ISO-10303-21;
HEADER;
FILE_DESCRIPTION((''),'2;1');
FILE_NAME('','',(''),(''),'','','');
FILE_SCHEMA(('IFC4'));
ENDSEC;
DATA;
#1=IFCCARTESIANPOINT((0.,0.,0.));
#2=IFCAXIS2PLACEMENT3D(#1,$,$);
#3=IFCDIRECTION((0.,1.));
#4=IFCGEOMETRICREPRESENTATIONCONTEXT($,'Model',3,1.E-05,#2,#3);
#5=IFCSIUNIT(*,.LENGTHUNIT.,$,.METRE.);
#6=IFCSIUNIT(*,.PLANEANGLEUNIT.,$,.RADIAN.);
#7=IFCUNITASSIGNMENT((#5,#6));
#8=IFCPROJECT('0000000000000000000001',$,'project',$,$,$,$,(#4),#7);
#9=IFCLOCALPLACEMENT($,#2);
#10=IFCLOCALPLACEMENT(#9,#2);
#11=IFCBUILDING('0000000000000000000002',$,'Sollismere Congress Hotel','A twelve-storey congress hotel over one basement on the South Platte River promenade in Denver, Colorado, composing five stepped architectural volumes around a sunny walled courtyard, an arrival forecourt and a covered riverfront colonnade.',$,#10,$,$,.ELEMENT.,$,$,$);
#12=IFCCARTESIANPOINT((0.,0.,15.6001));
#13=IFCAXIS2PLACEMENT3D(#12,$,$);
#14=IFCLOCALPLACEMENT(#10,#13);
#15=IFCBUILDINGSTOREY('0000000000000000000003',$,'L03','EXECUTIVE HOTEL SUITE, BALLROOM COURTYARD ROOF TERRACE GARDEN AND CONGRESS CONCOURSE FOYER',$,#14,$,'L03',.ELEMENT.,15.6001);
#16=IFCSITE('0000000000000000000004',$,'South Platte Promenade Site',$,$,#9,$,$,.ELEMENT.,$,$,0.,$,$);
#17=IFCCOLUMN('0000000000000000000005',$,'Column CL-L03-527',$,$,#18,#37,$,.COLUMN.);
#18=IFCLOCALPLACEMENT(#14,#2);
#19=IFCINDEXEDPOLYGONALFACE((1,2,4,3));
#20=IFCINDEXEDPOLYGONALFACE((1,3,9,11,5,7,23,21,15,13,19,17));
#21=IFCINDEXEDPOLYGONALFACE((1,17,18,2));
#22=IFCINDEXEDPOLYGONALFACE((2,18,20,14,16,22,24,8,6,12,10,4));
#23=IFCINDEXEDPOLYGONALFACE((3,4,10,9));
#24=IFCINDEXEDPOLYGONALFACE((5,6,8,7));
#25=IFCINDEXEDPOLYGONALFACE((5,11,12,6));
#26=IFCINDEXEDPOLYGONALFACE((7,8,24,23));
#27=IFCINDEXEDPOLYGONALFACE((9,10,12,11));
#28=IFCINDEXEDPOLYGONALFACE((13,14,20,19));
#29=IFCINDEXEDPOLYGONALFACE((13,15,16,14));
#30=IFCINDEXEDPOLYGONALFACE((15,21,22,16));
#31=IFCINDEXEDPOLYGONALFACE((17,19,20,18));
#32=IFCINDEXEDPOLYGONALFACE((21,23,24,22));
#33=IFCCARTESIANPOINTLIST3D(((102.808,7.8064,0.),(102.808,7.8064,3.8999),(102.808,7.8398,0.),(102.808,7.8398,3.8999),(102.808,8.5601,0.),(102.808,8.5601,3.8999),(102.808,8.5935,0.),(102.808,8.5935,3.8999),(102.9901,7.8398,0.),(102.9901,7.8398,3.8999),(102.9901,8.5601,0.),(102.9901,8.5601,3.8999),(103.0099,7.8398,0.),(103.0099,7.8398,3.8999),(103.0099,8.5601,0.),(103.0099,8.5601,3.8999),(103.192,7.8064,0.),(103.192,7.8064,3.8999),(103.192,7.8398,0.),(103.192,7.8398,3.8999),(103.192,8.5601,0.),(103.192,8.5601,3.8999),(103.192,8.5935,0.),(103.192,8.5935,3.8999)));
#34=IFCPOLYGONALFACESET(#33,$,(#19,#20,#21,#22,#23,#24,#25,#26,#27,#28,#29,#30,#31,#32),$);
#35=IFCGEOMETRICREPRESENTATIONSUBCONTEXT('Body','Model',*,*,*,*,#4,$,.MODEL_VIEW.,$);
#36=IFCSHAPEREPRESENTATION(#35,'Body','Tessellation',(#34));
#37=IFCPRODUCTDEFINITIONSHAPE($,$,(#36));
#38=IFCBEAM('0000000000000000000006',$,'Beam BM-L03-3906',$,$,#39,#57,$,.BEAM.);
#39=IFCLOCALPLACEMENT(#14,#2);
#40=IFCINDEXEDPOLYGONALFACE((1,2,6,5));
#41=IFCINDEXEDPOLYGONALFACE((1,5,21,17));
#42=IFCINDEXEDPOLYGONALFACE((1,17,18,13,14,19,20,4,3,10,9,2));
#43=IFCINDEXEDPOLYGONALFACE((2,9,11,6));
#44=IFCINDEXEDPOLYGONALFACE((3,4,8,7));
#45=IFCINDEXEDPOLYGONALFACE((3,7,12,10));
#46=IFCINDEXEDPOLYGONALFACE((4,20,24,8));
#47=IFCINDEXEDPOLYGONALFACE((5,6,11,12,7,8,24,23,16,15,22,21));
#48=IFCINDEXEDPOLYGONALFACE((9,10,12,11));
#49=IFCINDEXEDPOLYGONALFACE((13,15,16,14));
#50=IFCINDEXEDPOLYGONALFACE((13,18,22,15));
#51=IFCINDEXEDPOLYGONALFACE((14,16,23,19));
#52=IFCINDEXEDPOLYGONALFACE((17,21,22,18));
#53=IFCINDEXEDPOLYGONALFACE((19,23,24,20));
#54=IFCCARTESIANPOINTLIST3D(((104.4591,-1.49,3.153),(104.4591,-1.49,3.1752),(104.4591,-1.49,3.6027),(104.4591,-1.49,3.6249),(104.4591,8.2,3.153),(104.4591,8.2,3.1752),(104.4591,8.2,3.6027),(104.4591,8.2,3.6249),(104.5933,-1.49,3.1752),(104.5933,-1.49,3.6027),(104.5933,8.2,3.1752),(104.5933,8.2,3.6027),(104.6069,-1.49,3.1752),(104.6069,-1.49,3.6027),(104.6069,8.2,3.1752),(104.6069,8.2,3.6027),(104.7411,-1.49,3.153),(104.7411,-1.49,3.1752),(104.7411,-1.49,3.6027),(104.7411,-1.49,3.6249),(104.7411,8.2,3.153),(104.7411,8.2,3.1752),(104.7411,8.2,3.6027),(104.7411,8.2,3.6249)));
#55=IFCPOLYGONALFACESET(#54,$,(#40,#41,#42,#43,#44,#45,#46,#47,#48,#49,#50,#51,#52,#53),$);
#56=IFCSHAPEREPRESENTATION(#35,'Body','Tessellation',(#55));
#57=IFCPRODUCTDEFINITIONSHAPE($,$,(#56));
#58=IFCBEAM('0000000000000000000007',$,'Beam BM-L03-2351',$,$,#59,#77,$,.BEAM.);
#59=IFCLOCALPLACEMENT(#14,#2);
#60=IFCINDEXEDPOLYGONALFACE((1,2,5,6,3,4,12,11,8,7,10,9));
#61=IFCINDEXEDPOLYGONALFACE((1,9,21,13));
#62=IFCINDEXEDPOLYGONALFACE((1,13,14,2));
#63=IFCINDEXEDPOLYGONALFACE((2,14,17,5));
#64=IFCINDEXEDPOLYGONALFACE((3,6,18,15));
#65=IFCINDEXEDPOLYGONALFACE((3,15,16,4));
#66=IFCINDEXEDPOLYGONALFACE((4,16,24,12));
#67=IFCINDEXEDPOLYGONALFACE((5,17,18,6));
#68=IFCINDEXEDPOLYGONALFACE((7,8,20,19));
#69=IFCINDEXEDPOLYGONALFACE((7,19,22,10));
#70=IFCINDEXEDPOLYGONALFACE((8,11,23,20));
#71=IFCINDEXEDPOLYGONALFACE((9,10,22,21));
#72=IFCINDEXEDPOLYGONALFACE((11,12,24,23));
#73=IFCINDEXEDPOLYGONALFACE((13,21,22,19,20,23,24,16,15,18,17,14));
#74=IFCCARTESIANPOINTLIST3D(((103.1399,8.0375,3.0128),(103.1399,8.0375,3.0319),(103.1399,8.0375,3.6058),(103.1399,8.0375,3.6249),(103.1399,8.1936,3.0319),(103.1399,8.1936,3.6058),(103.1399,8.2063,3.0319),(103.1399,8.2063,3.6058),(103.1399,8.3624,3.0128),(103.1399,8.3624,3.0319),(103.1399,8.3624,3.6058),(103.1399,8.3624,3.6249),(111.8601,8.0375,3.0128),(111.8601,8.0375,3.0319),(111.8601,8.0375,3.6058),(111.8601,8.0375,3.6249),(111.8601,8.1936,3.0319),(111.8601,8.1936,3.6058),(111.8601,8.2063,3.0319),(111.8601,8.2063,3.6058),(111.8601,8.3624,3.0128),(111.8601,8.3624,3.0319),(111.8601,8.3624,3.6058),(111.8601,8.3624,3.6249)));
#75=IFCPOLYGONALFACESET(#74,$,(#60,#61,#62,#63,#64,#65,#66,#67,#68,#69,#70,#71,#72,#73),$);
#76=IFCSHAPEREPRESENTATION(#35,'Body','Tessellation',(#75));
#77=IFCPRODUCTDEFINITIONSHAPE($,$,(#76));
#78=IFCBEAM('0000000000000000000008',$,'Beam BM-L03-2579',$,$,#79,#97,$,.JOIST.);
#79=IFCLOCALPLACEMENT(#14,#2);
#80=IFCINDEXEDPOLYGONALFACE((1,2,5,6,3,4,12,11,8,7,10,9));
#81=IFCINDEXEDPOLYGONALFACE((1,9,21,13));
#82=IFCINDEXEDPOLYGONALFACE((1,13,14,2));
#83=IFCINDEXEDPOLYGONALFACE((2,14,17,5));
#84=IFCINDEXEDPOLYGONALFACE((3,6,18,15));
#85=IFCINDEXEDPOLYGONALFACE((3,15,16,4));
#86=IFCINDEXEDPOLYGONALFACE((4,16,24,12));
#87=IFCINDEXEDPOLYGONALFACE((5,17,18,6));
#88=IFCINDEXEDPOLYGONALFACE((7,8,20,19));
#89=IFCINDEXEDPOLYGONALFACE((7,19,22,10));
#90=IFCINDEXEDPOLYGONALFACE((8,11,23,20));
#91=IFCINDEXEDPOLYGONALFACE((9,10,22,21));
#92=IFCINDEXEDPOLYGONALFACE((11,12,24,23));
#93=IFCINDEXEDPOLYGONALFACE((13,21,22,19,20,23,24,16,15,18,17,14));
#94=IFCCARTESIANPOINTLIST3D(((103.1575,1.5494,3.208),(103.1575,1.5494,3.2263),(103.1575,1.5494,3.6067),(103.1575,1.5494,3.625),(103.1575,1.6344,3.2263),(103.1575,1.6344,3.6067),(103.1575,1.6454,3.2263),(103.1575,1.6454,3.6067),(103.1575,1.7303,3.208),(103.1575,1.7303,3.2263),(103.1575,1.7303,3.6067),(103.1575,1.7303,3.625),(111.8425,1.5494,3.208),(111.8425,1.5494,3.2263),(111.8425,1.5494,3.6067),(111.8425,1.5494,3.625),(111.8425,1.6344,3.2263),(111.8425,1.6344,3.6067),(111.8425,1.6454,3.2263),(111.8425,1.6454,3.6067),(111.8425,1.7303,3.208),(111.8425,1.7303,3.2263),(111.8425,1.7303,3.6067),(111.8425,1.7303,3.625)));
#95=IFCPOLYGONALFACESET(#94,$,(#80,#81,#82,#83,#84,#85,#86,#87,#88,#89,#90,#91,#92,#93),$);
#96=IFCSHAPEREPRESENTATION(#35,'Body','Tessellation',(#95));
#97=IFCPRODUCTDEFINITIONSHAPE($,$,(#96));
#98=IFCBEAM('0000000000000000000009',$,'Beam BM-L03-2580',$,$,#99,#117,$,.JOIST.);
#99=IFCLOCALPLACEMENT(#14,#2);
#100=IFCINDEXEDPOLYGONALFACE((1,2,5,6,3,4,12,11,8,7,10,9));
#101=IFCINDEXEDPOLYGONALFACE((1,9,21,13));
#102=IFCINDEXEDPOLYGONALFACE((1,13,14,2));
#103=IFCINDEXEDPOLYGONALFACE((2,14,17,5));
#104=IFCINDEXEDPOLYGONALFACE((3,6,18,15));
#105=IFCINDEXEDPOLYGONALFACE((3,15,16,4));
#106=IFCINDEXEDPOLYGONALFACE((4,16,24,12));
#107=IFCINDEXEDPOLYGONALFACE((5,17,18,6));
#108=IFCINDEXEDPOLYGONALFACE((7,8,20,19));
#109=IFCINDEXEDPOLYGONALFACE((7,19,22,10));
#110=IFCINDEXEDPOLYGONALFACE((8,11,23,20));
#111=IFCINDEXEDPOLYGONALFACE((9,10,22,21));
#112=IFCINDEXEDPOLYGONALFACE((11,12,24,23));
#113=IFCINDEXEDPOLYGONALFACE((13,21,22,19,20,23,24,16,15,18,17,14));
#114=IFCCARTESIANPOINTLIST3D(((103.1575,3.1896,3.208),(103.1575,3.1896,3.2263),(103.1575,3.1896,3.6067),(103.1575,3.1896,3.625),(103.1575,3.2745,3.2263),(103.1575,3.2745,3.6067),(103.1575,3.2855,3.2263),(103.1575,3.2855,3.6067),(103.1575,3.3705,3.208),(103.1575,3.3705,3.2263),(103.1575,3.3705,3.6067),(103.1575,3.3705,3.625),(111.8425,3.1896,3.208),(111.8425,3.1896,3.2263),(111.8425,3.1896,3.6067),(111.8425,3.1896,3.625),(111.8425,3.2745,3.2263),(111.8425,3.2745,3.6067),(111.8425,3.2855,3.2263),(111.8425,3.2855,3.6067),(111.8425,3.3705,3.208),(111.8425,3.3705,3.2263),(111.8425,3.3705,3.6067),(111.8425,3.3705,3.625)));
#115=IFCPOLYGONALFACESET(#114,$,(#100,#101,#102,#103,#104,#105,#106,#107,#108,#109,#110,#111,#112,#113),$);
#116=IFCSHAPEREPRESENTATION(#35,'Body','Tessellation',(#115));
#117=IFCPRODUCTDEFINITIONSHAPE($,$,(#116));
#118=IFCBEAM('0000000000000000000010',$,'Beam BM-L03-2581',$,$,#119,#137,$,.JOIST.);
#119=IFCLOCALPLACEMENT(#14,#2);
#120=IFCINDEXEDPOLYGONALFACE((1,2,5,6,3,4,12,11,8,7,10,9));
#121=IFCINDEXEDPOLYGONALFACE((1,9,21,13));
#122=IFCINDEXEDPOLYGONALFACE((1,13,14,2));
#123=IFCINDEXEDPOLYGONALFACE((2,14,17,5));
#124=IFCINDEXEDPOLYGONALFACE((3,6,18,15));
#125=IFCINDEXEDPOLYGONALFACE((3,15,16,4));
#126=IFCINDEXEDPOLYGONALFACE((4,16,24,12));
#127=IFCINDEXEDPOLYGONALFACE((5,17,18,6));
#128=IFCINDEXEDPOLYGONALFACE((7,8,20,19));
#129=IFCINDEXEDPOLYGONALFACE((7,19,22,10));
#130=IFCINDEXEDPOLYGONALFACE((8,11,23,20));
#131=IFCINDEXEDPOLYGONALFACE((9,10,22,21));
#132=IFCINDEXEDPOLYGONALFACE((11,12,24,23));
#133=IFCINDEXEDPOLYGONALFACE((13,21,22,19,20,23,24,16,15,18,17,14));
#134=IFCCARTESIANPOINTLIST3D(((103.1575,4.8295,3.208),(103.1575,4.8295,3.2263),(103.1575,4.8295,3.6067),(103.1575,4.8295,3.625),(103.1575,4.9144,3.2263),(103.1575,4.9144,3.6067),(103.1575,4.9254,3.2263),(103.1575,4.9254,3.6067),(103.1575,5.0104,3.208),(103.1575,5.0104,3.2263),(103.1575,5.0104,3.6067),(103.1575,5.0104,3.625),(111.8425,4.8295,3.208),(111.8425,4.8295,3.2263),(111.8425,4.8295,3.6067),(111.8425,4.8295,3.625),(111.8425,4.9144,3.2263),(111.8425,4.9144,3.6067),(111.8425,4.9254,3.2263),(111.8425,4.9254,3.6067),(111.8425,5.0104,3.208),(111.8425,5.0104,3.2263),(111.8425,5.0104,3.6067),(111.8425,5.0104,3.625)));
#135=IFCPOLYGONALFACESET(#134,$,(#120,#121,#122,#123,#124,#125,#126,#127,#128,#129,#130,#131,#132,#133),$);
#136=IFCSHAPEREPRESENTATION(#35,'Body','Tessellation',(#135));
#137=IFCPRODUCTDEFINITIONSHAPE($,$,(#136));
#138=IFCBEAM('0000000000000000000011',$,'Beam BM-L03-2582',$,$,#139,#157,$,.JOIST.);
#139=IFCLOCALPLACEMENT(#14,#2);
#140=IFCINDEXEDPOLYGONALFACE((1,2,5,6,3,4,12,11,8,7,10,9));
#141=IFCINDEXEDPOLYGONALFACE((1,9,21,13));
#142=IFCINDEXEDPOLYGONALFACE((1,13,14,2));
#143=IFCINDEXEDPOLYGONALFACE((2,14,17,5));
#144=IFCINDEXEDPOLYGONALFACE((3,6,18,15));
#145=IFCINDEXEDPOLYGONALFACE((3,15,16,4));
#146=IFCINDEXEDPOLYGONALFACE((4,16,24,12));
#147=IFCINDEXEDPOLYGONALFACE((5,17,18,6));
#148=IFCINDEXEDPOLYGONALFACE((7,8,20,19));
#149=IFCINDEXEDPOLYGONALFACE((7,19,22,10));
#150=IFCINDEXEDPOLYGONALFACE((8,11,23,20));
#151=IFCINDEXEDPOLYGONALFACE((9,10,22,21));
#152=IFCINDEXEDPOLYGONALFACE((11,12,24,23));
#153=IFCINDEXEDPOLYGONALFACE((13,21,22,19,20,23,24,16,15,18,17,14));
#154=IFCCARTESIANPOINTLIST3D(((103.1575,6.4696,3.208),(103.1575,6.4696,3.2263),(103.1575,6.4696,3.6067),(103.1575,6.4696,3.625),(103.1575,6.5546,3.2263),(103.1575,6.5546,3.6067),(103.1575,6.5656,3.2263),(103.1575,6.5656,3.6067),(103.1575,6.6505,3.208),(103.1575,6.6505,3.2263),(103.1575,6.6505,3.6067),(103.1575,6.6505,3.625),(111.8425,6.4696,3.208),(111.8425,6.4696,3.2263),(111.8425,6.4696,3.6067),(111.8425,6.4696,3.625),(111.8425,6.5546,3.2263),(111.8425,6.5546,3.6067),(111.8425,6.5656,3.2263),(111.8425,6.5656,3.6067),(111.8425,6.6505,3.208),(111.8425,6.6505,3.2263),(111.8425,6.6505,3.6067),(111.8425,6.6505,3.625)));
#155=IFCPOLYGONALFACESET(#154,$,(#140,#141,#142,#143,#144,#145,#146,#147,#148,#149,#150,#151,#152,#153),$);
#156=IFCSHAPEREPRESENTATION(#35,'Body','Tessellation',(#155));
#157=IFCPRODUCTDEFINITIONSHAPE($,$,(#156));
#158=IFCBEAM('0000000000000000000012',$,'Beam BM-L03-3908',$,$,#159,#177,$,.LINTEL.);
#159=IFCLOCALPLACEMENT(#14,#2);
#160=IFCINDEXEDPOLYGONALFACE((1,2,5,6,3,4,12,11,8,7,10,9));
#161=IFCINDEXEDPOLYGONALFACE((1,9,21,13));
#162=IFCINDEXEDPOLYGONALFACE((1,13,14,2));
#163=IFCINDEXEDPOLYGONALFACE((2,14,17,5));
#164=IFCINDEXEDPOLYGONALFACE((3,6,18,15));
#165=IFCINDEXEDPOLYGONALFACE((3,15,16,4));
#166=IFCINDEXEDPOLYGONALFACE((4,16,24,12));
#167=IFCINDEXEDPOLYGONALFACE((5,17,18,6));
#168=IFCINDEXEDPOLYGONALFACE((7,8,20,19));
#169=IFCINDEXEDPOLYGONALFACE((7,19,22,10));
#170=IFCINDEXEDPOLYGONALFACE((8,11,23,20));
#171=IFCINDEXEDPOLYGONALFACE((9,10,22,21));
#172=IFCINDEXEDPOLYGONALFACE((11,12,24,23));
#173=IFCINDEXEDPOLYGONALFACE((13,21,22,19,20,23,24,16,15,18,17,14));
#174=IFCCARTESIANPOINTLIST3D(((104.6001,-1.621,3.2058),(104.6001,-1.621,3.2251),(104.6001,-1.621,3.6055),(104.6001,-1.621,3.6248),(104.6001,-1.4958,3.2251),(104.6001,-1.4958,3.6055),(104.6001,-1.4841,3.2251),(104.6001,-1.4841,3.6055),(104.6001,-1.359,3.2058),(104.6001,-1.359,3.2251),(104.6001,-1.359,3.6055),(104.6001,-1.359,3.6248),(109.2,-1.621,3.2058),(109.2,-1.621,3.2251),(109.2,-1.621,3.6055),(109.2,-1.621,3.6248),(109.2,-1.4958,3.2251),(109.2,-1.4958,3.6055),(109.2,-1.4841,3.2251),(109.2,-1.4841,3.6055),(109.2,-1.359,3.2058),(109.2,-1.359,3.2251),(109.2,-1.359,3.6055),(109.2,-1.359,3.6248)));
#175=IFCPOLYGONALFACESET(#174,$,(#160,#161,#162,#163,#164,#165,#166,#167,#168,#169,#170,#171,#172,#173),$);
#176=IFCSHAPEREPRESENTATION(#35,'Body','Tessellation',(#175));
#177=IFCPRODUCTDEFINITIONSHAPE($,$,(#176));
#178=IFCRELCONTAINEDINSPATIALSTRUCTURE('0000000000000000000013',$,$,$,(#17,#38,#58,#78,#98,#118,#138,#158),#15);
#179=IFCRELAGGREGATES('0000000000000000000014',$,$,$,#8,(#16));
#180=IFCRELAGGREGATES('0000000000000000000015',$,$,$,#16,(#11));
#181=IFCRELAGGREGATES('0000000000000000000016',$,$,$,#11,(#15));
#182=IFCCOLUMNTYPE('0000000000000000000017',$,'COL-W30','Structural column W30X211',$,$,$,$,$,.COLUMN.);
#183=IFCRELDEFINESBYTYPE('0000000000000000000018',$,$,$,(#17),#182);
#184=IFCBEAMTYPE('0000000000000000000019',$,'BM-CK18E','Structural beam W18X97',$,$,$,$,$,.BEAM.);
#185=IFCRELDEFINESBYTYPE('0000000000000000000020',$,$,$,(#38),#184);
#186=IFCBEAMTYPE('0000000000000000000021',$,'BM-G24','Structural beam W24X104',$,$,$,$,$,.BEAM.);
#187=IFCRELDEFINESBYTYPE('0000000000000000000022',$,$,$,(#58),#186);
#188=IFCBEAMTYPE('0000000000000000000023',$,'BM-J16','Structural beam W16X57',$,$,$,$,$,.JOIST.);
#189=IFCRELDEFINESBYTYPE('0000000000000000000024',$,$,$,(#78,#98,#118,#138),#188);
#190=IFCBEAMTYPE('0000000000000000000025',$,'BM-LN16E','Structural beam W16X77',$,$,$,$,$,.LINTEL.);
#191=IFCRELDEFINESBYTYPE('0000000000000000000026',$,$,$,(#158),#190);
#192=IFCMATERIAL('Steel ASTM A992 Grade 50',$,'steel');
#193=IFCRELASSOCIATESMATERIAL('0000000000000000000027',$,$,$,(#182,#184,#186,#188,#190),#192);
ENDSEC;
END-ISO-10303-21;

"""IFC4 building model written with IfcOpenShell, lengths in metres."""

from ifc_helpers import new_model, si_unit, direction, frame, origin, origin_2d, place, context, subcontext, project, spatial, i_section, extrude, material, material_profile, profile_set, type_object, element, save


model = new_model("IFC4")

# Units and contexts
model_context = context("Model", 3, precision=1e-05, world=origin(), true_north=direction((0.0, 1.0)))
body_context = subcontext(model_context, "Body", "Model", "MODEL_VIEW")
ifc_project = project(units=[si_unit("LENGTHUNIT", "METRE"), si_unit("PLANEANGLEUNIT", "RADIAN")], contexts=[model_context])

# Site, building, storey
site_placement = place(None, origin())
site = spatial("IfcSite", under=ifc_project, at=site_placement, Name="South Platte Promenade Site", CompositionType="ELEMENT", RefElevation=0.0)
building_placement = place(site_placement, origin())
building = spatial("IfcBuilding", under=site, at=building_placement, Name="Sollismere Congress Hotel", Description="A twelve-storey congress hotel over one basement on the South Platte River promenade in Denver, Colorado, composing five stepped architectural volumes around a sunny walled courtyard, an arrival forecourt and a covered riverfront colonnade.", CompositionType="ELEMENT")
storey_placement = place(building_placement, frame((0.0, 0.0, 15.6001)))
storey = spatial("IfcBuildingStorey", under=building, at=storey_placement, Name="L03", Description="EXECUTIVE HOTEL SUITE, BALLROOM COURTYARD ROOF TERRACE GARDEN AND CONGRESS CONCOURSE FOYER", LongName="L03", CompositionType="ELEMENT", Elevation=15.6001)

# Column
ifc_material_1 = material(Name="Steel ASTM A992 Grade 50", Category="steel")
ifc_material_profile_1 = material_profile(ifc_material_1, i_section(OverallWidth=0.384, OverallDepth=0.7871, WebThickness=0.0198, FlangeThickness=0.0334, at=origin_2d()), Name="W30X211")
ifc_profile_set_1 = profile_set([ifc_material_profile_1], Name="Steel ASTM A992 Grade 50")
column_type = type_object("IfcColumnType", Name="COL-W30", Description="Structural column W30X211", PredefinedType="COLUMN", material=ifc_profile_set_1)
column_placement = place(storey_placement, frame((103.0, 8.2, 0.0), z_axis=(0.0, 0.0, 1.0), x_axis=(1.0, 0.0, 0.0)))
element("IfcColumn", 1, at=column_placement, inside=storey, type_object=column_type, Name="Column CL-L03-527", PredefinedType="COLUMN", context=body_context, shape_type="SweptSolid", body=[
    extrude(i_section(OverallWidth=0.384, OverallDepth=0.7871, WebThickness=0.0198, FlangeThickness=0.0334, at=origin_2d()), origin(), (0.0, 0.0, 1.0), 3.8999),
])

# Beams
ifc_material_profile_2 = material_profile(ifc_material_1, i_section(OverallWidth=0.282, OverallDepth=0.4719, WebThickness=0.0137, FlangeThickness=0.0222, at=origin_2d()), Name="W18X97")
ifc_profile_set_2 = profile_set([ifc_material_profile_2], Name="Steel ASTM A992 Grade 50")
beam_type_1 = type_object("IfcBeamType", Name="BM-CK18E", Description="Structural beam W18X97", PredefinedType="BEAM", material=ifc_profile_set_2)
beam_1_placement = place(storey_placement, frame((104.6001, 8.2, 3.3889), z_axis=(0.0, -1.0, 0.0), x_axis=(1.0, 0.0, 0.0)))
element("IfcBeam", 2, at=beam_1_placement, inside=storey, type_object=beam_type_1, Name="Beam BM-L03-3906", PredefinedType="BEAM", context=body_context, shape_type="SweptSolid", body=[
    extrude(i_section(OverallWidth=0.282, OverallDepth=0.4719, WebThickness=0.0137, FlangeThickness=0.0222, at=origin_2d()), origin(), (0.0, 0.0, 1.0), 9.6899),
])
ifc_material_profile_3 = material_profile(ifc_material_1, i_section(OverallWidth=0.325, OverallDepth=0.6121, WebThickness=0.0127, FlangeThickness=0.019, at=origin_2d()), Name="W24X104")
ifc_profile_set_3 = profile_set([ifc_material_profile_3], Name="Steel ASTM A992 Grade 50")
beam_type_2 = type_object("IfcBeamType", Name="BM-G24", Description="Structural beam W24X104", PredefinedType="BEAM", material=ifc_profile_set_3)
beam_2_placement = place(storey_placement, frame((103.1399, 8.2, 3.3188), z_axis=(1.0, 0.0, 0.0), x_axis=(0.0, 1.0, 0.0)))
element("IfcBeam", 3, at=beam_2_placement, inside=storey, type_object=beam_type_2, Name="Beam BM-L03-2351", PredefinedType="BEAM", context=body_context, shape_type="SweptSolid", body=[
    extrude(i_section(OverallWidth=0.325, OverallDepth=0.6121, WebThickness=0.0127, FlangeThickness=0.019, at=origin_2d()), origin(), (0.0, 0.0, 1.0), 8.7202),
])
ifc_material_profile_4 = material_profile(ifc_material_1, i_section(OverallWidth=0.1809, OverallDepth=0.417, WebThickness=0.011, FlangeThickness=0.0183, at=origin_2d()), Name="W16X57")
ifc_profile_set_4 = profile_set([ifc_material_profile_4], Name="Steel ASTM A992 Grade 50")
beam_type_3 = type_object("IfcBeamType", Name="BM-J16", Description="Structural beam W16X57", PredefinedType="JOIST", material=ifc_profile_set_4)
for number, where, z_axis, x_axis, name in (
    (4, (103.1575, 1.6399, 3.4165), (1.0, 0.0, 0.0), (0.0, 1.0, 0.0), "Beam BM-L03-2579"),
    (5, (103.1575, 3.28, 3.4165), (1.0, 0.0, 0.0), (0.0, 1.0, 0.0), "Beam BM-L03-2580"),
    (6, (103.1575, 4.9199, 3.4165), (1.0, 0.0, 0.0), (0.0, 1.0, 0.0), "Beam BM-L03-2581"),
    (7, (103.1575, 6.5601, 3.4165), (1.0, 0.0, 0.0), (0.0, 1.0, 0.0), "Beam BM-L03-2582"),
):
    element("IfcBeam", number, at=place(storey_placement, frame(where, z_axis=z_axis, x_axis=x_axis)), inside=storey, type_object=beam_type_3, Name=name, PredefinedType="JOIST", context=body_context, shape_type="SweptSolid", body=[
        extrude(i_section(OverallWidth=0.1809, OverallDepth=0.417, WebThickness=0.011, FlangeThickness=0.0183, at=origin_2d()), origin(), (0.0, 0.0, 1.0), 8.6851),
    ])
ifc_material_profile_5 = material_profile(ifc_material_1, i_section(OverallWidth=0.262, OverallDepth=0.4189, WebThickness=0.0117, FlangeThickness=0.0193, at=origin_2d()), Name="W16X77")
ifc_profile_set_5 = profile_set([ifc_material_profile_5], Name="Steel ASTM A992 Grade 50")
beam_type_4 = type_object("IfcBeamType", Name="BM-LN16E", Description="Structural beam W16X77", PredefinedType="LINTEL", material=ifc_profile_set_5)
beam_3_placement = place(storey_placement, frame((104.6001, -1.49, 3.4153), z_axis=(1.0, 0.0, 0.0), x_axis=(0.0, 1.0, 0.0)))
element("IfcBeam", 8, at=beam_3_placement, inside=storey, type_object=beam_type_4, Name="Beam BM-L03-3908", PredefinedType="LINTEL", context=body_context, shape_type="SweptSolid", body=[
    extrude(i_section(OverallWidth=0.262, OverallDepth=0.4189, WebThickness=0.0117, FlangeThickness=0.0193, at=origin_2d()), origin(), (0.0, 0.0, 1.0), 4.5999),
])

save(model, "model.ifc")
